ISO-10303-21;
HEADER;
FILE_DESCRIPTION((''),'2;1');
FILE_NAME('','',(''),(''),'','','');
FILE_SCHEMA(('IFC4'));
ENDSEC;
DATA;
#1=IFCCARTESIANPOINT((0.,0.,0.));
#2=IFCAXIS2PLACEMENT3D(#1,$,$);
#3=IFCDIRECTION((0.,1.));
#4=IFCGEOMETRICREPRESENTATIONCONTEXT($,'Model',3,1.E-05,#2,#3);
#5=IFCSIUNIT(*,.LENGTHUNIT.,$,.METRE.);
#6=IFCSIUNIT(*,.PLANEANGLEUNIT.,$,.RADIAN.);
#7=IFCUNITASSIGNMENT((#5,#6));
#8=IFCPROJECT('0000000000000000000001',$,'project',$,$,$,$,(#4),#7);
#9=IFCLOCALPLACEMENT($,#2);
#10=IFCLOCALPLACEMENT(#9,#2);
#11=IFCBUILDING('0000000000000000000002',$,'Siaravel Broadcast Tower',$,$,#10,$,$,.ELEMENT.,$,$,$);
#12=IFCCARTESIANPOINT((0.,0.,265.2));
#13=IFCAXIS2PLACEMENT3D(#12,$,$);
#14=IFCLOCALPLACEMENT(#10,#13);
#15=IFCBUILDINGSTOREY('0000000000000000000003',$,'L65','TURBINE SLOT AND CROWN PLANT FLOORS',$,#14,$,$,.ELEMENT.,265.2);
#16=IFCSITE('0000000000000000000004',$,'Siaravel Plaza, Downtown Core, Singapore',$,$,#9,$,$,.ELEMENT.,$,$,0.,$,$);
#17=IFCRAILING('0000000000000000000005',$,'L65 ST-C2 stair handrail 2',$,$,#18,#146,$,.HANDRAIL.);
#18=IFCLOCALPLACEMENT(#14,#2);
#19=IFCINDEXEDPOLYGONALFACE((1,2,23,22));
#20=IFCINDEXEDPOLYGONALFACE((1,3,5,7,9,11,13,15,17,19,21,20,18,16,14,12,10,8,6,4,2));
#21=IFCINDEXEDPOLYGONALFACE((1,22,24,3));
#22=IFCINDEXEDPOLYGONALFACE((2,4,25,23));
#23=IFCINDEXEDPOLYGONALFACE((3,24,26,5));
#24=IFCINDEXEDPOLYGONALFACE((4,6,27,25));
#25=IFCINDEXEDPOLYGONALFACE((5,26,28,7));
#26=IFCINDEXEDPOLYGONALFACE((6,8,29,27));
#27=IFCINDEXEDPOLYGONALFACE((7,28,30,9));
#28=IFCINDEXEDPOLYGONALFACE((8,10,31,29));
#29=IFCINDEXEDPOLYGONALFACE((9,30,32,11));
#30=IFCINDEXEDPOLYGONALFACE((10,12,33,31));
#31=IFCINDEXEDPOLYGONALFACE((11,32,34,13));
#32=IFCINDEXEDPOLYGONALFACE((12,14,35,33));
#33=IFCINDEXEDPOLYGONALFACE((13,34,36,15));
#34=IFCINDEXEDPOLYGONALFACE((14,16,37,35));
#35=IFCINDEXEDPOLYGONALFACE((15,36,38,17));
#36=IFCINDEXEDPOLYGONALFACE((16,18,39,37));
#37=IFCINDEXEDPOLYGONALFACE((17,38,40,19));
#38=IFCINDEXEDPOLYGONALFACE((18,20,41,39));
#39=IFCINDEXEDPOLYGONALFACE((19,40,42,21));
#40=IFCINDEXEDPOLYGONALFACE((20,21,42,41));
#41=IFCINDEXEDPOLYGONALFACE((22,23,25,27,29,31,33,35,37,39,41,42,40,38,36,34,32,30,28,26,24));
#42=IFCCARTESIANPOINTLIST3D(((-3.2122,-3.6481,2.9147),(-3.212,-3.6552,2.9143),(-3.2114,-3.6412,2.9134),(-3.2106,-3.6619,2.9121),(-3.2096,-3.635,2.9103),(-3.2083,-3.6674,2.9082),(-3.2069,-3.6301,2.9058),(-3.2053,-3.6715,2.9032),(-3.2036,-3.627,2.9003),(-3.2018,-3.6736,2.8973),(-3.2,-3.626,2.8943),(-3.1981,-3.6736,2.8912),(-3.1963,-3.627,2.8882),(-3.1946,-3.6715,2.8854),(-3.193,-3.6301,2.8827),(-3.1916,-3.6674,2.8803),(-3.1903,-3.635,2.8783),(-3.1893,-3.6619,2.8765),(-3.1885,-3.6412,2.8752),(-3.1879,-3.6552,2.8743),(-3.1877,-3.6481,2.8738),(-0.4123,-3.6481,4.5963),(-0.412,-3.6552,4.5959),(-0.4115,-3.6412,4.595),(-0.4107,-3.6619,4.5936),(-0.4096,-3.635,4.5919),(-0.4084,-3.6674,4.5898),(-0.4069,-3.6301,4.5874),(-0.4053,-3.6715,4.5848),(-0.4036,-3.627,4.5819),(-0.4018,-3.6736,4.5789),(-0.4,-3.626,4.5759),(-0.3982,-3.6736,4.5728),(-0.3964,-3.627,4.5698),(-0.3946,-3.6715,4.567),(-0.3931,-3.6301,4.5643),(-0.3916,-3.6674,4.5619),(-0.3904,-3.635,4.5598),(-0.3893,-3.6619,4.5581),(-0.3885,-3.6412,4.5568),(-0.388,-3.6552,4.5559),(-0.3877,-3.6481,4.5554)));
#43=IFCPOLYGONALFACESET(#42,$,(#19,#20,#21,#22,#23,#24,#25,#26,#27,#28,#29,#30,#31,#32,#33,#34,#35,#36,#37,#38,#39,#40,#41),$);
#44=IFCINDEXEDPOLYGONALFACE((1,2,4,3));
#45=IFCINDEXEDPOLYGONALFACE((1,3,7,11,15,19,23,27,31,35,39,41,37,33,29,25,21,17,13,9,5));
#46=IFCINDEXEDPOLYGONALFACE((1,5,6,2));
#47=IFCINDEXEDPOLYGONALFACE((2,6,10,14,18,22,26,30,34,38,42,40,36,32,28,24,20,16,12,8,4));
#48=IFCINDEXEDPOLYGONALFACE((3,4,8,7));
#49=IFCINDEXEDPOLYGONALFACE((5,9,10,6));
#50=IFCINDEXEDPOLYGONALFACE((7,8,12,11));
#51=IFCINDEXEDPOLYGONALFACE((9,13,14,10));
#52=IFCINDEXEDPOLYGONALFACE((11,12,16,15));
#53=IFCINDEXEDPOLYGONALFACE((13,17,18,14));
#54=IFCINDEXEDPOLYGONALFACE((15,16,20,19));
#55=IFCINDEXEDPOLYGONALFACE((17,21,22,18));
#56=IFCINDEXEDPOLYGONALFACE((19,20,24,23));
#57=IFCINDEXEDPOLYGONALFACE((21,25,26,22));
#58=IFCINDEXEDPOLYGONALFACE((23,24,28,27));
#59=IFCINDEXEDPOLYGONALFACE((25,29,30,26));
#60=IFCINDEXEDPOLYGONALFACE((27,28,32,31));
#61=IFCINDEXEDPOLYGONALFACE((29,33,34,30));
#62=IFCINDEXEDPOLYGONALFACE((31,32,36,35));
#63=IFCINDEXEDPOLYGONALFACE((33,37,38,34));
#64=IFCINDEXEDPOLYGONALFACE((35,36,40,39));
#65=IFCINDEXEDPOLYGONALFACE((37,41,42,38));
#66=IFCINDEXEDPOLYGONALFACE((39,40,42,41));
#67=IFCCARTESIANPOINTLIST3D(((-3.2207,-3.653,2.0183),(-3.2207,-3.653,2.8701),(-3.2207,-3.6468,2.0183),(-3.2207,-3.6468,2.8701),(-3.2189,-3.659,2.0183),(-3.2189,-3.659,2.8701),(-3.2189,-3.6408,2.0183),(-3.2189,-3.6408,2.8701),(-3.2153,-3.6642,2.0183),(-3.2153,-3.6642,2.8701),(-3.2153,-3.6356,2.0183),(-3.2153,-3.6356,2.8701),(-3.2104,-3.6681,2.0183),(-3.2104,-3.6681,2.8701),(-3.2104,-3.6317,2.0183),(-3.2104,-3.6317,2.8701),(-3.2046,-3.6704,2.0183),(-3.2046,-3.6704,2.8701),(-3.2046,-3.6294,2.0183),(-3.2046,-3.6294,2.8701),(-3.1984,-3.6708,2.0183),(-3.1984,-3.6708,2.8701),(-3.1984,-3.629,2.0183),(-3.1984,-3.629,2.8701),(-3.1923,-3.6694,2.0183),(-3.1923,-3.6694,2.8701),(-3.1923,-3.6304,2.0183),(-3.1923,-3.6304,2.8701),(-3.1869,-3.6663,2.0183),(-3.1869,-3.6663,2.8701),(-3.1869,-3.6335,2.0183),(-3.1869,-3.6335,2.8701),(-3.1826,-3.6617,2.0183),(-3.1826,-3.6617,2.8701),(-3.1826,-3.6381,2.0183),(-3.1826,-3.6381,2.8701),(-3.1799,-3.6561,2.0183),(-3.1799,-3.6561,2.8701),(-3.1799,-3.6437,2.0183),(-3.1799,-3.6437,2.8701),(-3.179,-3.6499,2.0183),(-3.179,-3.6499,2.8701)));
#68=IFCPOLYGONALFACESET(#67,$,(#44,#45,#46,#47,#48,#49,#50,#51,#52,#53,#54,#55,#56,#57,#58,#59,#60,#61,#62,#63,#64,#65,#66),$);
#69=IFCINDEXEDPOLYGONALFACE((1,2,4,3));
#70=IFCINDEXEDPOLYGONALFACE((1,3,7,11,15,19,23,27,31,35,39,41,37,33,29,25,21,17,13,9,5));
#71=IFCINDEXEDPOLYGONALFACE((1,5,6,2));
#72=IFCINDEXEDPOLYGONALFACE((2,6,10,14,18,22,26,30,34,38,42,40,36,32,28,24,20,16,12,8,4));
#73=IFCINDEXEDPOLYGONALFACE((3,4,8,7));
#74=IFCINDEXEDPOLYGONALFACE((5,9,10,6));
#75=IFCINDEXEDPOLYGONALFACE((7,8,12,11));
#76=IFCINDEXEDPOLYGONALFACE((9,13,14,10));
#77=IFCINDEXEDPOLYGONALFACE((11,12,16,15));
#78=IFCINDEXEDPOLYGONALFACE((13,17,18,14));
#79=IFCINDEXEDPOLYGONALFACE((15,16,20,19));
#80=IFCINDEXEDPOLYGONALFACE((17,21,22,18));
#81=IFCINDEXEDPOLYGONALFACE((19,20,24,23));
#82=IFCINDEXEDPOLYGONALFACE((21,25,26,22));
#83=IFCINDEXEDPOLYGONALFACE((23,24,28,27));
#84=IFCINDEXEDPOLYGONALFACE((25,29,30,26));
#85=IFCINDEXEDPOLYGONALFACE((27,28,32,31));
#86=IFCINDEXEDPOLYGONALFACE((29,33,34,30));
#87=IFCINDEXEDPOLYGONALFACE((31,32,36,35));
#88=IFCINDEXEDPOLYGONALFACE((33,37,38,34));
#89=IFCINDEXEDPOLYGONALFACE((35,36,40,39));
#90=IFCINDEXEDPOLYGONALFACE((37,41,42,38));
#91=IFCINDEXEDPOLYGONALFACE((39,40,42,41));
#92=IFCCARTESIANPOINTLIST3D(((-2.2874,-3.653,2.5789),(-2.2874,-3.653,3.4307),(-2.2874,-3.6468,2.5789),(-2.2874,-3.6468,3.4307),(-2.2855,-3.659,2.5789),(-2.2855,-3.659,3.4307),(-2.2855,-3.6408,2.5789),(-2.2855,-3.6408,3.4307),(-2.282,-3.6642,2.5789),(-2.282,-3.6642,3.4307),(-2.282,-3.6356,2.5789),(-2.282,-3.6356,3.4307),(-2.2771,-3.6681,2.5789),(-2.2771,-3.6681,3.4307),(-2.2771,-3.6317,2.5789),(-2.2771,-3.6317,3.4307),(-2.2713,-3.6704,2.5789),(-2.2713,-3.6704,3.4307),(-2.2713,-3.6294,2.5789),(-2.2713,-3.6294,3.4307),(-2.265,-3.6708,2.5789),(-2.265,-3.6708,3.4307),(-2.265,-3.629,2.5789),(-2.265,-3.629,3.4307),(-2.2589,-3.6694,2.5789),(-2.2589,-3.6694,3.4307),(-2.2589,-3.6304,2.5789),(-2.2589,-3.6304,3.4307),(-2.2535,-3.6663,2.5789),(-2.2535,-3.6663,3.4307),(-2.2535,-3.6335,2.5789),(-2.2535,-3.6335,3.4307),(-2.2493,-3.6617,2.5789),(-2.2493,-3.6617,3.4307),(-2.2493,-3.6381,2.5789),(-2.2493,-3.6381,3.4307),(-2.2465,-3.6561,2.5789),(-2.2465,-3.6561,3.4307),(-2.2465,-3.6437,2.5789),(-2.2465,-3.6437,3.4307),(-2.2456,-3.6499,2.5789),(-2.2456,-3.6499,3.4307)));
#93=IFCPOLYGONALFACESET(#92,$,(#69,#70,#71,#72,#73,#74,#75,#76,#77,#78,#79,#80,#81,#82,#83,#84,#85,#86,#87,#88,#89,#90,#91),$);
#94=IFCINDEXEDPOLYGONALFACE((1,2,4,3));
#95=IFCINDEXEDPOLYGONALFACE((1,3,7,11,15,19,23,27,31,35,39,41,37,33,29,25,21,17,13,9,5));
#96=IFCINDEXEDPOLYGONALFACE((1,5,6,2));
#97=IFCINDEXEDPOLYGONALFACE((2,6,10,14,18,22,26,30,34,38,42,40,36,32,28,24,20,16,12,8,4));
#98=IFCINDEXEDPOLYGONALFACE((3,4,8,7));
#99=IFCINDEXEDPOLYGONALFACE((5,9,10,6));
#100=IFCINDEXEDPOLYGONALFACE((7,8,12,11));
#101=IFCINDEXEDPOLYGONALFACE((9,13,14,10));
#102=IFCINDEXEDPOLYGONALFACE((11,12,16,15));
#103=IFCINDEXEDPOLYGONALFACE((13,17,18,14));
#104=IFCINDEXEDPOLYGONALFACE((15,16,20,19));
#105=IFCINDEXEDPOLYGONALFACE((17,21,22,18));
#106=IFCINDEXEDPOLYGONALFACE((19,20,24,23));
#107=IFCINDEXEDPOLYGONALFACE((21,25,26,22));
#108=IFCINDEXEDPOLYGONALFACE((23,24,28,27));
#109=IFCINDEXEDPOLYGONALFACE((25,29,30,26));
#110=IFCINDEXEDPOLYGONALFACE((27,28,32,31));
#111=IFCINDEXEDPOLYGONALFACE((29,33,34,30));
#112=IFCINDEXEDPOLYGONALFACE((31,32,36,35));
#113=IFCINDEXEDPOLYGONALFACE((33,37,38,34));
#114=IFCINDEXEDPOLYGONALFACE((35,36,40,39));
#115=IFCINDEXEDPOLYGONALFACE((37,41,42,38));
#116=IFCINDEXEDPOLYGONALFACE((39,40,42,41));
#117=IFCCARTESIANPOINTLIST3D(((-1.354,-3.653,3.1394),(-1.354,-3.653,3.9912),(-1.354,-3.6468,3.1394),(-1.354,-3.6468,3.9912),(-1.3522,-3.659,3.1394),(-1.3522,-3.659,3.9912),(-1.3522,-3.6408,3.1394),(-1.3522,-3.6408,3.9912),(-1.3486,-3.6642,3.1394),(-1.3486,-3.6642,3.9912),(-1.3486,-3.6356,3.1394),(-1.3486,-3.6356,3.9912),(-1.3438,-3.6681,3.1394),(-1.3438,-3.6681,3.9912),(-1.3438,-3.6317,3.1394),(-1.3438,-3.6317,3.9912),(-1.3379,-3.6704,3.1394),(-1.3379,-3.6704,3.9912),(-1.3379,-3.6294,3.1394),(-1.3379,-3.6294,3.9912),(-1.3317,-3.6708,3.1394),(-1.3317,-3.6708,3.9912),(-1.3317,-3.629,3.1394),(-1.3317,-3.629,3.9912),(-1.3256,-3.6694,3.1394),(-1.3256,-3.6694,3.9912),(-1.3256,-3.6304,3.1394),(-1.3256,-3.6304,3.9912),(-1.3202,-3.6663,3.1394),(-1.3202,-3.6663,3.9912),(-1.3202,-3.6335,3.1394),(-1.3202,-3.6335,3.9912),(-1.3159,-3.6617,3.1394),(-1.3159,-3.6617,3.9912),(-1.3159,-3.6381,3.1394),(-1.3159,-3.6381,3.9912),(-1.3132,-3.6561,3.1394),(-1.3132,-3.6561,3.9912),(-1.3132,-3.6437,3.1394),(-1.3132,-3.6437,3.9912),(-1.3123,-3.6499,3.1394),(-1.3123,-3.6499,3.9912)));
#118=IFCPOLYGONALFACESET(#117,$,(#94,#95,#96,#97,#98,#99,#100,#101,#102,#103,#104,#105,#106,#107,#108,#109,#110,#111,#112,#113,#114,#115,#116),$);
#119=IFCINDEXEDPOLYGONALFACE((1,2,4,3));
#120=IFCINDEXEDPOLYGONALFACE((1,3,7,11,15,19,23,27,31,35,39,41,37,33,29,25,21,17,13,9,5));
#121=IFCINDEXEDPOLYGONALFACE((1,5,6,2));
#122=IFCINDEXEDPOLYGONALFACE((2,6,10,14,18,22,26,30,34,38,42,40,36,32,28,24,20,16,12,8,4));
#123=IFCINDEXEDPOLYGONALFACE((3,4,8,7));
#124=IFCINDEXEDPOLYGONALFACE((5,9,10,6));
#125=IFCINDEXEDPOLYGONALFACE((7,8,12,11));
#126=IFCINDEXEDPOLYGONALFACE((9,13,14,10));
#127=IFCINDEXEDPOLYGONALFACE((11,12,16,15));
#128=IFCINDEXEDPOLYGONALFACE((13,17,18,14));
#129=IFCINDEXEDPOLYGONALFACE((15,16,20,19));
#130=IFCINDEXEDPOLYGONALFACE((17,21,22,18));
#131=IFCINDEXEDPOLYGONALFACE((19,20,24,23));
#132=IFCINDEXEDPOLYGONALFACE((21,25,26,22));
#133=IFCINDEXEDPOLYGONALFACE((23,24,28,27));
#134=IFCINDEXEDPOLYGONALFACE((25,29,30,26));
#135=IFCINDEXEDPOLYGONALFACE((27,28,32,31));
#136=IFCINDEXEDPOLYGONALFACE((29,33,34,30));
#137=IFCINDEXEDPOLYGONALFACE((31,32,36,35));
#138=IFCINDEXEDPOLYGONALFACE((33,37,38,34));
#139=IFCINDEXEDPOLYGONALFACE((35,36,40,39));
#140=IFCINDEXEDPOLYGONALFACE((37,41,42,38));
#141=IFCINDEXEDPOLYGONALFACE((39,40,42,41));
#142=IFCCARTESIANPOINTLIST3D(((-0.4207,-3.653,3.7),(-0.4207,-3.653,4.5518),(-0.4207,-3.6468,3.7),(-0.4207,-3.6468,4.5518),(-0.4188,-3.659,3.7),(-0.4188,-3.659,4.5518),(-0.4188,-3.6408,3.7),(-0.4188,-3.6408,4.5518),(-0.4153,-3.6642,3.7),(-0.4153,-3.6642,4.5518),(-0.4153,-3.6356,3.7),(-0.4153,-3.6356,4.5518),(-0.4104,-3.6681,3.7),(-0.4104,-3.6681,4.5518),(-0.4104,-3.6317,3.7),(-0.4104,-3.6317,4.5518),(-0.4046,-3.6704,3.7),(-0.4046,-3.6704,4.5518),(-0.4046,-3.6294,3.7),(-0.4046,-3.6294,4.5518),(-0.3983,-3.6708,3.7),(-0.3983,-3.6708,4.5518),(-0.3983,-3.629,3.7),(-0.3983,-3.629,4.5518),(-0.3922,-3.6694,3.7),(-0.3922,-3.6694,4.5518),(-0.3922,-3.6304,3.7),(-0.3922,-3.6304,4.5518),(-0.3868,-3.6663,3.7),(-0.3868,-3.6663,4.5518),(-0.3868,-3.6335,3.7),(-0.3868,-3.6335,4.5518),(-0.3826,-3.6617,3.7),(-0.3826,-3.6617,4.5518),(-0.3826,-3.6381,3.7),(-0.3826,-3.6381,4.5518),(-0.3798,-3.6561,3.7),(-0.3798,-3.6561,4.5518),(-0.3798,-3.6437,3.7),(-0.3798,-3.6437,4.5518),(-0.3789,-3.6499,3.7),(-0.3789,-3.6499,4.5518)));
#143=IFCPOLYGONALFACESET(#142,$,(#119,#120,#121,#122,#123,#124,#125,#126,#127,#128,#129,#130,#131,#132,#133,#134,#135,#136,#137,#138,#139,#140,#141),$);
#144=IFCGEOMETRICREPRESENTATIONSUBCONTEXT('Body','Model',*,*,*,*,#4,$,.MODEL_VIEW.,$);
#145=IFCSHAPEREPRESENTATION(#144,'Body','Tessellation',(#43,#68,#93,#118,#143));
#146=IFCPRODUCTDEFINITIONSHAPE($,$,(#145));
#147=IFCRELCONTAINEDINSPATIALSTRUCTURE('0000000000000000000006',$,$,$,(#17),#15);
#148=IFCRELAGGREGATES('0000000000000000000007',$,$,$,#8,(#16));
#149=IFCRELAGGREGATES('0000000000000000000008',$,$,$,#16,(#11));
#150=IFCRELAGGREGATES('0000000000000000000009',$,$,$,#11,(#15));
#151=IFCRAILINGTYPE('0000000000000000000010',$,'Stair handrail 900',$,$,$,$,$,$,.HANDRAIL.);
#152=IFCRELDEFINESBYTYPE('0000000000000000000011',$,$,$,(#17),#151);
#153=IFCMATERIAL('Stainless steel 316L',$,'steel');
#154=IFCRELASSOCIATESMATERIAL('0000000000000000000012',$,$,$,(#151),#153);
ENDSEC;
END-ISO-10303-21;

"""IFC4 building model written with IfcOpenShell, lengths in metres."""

from ifc_helpers import new_model, si_unit, direction, frame, origin, origin_2d, place, context, subcontext, project, spatial, circle, extrude, material, type_object, element, save


model = new_model("IFC4")

# Units and contexts
model_context = context("Model", 3, precision=1e-05, world=origin(), true_north=direction((0.0, 1.0)))
body_context = subcontext(model_context, "Body", "Model", "MODEL_VIEW")
ifc_project = project(units=[si_unit("LENGTHUNIT", "METRE"), si_unit("PLANEANGLEUNIT", "RADIAN")], contexts=[model_context])

# Site, building, storey
site_placement = place(None, origin())
site = spatial("IfcSite", under=ifc_project, at=site_placement, Name="Siaravel Plaza, Downtown Core, Singapore", CompositionType="ELEMENT", RefElevation=0.0)
building_placement = place(site_placement, origin())
building = spatial("IfcBuilding", under=site, at=building_placement, Name="Siaravel Broadcast Tower", CompositionType="ELEMENT")
storey_placement = place(building_placement, frame((0.0, 0.0, 265.2)))
storey = spatial("IfcBuildingStorey", under=building, at=storey_placement, Name="L65", Description="TURBINE SLOT AND CROWN PLANT FLOORS", CompositionType="ELEMENT", Elevation=265.2)

# Railing
ifc_material_1 = material(Name="Stainless steel 316L", Category="steel")
railing_type_1 = type_object("IfcRailingType", Name="Stair handrail 900", PredefinedType="HANDRAIL", material=ifc_material_1)
railing_1_placement = place(storey_placement, frame((-3.2, -3.6499, 2.0183)))
element("IfcRailing", 1, at=railing_1_placement, inside=storey, type_object=railing_type_1, Name="L65 ST-C2 stair handrail 2", PredefinedType="HANDRAIL", context=body_context, shape_type="SweptSolid", body=[
    extrude(circle(Radius=0.0239, at=origin_2d()), frame((0.0, 0.0, 0.876), z_axis=(0.857275, 0.0, 0.514858), x_axis=(0.0, 1.0, 0.0)), (0.0, 0.0, 1.0), 3.2661),
    extrude(circle(Radius=0.021, at=origin_2d()), origin(), (0.0, 0.0, 1.0), 0.8518),
    extrude(circle(Radius=0.021, at=origin_2d()), frame((0.9333, 0.0, 0.5605)), (0.0, 0.0, 1.0), 0.8518),
    extrude(circle(Radius=0.021, at=origin_2d()), frame((1.8667, 0.0, 1.1211)), (0.0, 0.0, 1.0), 0.8518),
    extrude(circle(Radius=0.021, at=origin_2d()), frame((2.8, 0.0, 1.6816)), (0.0, 0.0, 1.0), 0.8518),
])

save(model, "model.ifc")
